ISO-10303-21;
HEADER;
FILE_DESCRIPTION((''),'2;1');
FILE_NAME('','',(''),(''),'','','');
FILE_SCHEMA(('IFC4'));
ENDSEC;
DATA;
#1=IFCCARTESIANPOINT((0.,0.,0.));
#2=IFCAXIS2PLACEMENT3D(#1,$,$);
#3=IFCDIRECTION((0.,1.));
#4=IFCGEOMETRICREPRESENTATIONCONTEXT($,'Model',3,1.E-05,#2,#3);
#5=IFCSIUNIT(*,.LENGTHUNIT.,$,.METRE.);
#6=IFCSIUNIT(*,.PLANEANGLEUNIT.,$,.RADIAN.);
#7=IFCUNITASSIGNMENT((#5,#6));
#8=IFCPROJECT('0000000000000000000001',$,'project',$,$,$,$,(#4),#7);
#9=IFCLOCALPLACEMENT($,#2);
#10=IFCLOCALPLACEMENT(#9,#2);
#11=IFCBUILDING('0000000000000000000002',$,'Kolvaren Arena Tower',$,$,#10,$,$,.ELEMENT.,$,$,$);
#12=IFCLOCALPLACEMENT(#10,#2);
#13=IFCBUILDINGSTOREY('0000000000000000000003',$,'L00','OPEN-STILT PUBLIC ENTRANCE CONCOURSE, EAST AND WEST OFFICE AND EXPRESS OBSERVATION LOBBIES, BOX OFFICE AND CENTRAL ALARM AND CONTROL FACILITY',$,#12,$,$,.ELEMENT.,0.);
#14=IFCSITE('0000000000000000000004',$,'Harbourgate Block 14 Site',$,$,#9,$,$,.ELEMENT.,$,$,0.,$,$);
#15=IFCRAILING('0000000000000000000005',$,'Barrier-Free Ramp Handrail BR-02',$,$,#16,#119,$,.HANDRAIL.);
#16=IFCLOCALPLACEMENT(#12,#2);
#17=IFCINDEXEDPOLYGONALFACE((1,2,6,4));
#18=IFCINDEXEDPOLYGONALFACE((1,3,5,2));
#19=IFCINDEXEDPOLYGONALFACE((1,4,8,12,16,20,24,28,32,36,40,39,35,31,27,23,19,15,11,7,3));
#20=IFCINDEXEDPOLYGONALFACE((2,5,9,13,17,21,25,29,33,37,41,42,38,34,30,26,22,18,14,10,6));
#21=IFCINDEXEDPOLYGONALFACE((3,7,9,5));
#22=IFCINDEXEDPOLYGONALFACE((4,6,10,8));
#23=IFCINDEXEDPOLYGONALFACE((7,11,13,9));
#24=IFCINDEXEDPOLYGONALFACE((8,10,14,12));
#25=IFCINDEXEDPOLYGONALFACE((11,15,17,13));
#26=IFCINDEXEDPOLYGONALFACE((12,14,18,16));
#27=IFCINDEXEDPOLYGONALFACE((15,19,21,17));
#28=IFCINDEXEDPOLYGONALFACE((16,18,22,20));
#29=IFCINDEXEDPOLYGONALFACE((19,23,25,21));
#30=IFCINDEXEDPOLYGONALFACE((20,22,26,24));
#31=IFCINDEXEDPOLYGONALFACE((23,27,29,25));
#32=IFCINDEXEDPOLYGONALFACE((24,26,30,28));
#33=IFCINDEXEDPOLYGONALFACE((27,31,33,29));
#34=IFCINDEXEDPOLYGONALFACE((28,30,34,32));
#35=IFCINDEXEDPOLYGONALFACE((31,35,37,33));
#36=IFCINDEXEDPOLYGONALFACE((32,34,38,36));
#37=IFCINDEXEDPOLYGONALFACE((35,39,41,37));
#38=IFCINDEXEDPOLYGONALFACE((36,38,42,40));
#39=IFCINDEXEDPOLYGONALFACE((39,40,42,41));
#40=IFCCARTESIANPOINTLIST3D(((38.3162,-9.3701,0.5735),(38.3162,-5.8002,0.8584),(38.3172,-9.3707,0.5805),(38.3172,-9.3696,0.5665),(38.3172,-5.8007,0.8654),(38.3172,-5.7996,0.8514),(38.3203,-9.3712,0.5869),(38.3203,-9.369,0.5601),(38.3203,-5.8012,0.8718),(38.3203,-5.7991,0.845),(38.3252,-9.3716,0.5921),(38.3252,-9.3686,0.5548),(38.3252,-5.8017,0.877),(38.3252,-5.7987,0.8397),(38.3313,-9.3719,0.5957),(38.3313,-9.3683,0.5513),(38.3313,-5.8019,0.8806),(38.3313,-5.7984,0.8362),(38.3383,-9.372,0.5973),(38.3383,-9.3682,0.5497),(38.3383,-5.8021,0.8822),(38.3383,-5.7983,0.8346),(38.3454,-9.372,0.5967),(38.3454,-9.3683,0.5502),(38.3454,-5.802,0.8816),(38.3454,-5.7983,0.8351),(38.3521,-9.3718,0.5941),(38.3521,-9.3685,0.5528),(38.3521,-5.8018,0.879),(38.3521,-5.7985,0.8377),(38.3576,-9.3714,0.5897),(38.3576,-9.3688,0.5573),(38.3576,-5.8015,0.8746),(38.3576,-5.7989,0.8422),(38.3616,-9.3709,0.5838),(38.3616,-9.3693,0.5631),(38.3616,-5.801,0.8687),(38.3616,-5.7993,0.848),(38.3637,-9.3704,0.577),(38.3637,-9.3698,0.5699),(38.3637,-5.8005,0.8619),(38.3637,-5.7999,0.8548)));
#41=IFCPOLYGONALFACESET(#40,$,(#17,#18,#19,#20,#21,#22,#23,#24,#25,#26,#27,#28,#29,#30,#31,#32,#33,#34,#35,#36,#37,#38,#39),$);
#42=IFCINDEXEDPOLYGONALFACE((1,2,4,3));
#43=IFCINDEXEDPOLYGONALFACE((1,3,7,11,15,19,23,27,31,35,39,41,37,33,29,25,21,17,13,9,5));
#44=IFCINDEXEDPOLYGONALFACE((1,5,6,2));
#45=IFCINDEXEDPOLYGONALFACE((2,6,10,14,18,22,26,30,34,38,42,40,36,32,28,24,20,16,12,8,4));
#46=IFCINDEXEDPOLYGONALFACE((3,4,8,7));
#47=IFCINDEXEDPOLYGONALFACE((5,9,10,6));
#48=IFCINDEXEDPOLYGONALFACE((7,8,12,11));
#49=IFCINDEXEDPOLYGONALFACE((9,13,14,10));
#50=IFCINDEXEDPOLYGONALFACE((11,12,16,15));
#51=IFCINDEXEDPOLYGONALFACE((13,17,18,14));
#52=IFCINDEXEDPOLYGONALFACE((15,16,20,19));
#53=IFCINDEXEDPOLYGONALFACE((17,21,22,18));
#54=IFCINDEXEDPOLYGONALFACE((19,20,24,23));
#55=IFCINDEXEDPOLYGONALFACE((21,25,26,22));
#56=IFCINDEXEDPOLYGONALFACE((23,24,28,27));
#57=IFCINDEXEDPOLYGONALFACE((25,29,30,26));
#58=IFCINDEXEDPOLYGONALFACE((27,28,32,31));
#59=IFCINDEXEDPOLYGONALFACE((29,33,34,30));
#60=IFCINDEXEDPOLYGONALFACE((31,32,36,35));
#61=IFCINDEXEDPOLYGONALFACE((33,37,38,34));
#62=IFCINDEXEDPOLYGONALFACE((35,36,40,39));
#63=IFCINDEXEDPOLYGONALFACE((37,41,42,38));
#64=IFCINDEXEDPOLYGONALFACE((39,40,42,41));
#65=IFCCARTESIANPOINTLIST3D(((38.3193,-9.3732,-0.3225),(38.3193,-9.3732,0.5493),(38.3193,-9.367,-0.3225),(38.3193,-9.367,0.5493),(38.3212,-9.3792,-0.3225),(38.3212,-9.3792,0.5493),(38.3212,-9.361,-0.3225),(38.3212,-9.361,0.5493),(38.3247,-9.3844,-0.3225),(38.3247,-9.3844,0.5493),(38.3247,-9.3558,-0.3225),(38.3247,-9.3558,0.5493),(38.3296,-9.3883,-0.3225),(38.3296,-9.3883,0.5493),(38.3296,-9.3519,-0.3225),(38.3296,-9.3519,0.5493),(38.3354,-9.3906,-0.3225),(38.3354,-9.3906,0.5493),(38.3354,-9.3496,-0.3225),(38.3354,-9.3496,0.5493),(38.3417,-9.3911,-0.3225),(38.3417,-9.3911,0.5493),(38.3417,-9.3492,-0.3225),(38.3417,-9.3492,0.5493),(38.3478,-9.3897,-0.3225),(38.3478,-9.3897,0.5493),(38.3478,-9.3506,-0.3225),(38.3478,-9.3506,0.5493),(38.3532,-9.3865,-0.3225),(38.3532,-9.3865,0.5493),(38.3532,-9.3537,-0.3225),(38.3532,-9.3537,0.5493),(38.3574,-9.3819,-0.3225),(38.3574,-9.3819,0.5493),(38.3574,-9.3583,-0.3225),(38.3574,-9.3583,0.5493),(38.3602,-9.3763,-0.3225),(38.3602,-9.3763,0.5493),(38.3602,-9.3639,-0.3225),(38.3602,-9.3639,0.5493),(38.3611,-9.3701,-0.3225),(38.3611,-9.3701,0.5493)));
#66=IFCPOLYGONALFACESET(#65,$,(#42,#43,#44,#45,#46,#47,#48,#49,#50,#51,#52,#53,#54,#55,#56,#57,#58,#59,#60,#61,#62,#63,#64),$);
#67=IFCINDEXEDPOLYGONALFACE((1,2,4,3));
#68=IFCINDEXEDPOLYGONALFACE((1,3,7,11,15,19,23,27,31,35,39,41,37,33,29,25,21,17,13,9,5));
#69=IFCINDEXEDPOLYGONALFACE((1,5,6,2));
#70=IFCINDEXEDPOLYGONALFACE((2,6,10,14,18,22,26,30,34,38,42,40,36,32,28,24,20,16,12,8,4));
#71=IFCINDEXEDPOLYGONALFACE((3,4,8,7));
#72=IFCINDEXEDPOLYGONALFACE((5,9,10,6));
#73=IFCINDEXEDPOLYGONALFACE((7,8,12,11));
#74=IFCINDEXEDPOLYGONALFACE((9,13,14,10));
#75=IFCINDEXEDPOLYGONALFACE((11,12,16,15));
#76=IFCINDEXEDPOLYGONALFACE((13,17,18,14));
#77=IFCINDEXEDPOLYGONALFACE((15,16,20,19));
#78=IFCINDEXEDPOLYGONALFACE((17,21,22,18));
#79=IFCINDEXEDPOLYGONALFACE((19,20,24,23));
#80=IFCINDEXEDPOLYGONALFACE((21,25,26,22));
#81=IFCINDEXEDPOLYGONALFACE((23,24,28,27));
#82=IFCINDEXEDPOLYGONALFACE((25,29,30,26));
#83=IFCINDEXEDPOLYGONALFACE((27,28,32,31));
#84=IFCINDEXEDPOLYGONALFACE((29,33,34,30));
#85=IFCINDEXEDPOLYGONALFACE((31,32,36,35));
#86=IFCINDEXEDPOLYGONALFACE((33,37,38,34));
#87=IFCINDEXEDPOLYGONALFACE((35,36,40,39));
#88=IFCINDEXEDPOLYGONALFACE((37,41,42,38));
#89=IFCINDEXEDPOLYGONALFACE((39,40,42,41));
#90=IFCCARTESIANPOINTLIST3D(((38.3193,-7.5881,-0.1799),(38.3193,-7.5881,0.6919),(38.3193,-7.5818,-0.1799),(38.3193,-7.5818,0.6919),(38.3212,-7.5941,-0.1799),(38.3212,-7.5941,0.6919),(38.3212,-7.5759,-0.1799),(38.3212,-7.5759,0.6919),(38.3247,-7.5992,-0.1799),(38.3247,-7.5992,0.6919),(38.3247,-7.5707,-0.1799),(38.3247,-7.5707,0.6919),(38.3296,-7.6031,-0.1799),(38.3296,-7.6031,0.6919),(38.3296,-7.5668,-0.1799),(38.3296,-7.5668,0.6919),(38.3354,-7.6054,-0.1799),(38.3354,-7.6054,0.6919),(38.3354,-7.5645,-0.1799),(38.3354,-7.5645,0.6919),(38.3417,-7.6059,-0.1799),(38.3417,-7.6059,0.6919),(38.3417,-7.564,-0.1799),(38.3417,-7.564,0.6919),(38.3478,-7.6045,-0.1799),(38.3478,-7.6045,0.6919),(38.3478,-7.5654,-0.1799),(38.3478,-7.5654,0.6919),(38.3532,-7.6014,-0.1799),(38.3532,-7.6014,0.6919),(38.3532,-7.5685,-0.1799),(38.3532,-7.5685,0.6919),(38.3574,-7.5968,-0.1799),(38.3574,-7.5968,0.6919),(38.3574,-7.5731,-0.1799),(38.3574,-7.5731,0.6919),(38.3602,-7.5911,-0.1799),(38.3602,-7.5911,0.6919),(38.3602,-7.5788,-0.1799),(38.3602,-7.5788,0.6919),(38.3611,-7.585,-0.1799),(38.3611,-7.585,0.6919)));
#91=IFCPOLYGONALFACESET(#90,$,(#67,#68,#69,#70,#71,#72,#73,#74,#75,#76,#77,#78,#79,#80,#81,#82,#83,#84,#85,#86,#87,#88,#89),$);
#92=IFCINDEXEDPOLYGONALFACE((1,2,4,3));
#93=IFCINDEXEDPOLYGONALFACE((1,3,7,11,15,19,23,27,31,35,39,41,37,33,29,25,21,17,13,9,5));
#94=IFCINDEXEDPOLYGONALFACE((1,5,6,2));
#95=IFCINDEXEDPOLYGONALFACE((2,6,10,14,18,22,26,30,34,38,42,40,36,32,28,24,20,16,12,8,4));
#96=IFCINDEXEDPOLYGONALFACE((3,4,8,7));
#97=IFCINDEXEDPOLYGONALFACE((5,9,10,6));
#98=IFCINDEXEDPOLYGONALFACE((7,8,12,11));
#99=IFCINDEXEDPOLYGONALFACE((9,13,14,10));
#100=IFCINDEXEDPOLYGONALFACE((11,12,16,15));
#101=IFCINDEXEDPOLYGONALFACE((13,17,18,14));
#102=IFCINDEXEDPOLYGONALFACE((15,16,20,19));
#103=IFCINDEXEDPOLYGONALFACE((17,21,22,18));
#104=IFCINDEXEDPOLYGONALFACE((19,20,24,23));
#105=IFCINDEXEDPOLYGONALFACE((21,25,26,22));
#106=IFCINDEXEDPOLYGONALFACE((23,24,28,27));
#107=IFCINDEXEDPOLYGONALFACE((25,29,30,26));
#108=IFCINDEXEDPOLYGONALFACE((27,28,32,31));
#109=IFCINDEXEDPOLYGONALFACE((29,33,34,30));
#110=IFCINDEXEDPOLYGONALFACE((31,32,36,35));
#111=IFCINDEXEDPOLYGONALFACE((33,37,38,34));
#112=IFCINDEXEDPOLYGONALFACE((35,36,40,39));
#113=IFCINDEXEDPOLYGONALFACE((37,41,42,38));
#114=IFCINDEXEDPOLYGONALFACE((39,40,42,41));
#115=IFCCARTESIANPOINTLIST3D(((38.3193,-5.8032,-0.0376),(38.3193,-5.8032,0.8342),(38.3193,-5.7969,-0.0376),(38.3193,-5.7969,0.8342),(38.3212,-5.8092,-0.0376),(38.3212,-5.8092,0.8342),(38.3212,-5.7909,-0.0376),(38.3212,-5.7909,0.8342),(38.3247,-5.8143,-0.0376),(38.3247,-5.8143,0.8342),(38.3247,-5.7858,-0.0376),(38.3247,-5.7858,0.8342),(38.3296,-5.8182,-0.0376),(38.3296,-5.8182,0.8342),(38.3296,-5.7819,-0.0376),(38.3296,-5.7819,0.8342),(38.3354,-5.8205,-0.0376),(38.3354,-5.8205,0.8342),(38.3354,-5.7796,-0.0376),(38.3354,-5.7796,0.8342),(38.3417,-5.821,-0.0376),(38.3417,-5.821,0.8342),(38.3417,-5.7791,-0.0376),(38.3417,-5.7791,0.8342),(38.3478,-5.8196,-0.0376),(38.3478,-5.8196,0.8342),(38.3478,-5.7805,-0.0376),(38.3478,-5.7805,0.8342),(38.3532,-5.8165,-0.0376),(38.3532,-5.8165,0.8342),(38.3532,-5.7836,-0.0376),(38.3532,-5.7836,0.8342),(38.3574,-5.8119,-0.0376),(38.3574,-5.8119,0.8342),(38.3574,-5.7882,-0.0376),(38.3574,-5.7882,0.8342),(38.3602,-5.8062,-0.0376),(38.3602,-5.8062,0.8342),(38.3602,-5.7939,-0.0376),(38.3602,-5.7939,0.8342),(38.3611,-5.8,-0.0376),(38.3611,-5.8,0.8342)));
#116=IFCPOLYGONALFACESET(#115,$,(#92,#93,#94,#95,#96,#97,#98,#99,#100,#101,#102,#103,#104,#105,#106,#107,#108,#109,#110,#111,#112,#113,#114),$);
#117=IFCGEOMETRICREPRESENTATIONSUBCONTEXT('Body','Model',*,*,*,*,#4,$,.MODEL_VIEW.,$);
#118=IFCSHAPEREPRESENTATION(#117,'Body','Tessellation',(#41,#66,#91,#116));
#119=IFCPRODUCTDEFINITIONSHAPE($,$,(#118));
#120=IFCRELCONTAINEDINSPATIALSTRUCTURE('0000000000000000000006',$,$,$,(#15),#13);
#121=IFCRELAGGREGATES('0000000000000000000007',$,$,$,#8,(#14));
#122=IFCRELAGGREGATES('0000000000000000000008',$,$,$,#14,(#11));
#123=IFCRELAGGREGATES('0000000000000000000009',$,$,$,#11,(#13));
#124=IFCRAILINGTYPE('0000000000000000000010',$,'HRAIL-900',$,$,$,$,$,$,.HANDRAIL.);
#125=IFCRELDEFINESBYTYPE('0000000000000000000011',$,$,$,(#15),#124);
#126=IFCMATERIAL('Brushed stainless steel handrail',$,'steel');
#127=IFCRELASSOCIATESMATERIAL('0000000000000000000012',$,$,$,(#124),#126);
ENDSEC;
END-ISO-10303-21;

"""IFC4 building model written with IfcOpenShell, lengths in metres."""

from ifc_helpers import new_model, si_unit, direction, frame, origin, origin_2d, place, context, subcontext, project, spatial, circle, extrude, material, type_object, element, save


model = new_model("IFC4")

# Units and contexts
model_context = context("Model", 3, precision=1e-05, world=origin(), true_north=direction((0.0, 1.0)))
body_context = subcontext(model_context, "Body", "Model", "MODEL_VIEW")
ifc_project = project(units=[si_unit("LENGTHUNIT", "METRE"), si_unit("PLANEANGLEUNIT", "RADIAN")], contexts=[model_context])

# Site, building, storey
site_placement = place(None, origin())
site = spatial("IfcSite", under=ifc_project, at=site_placement, Name="Harbourgate Block 14 Site", CompositionType="ELEMENT", RefElevation=0.0)
building_placement = place(site_placement, origin())
building = spatial("IfcBuilding", under=site, at=building_placement, Name="Kolvaren Arena Tower", CompositionType="ELEMENT")
storey_placement = place(building_placement, origin())
storey = spatial("IfcBuildingStorey", under=building, at=storey_placement, Name="L00", Description="OPEN-STILT PUBLIC ENTRANCE CONCOURSE, EAST AND WEST OFFICE AND EXPRESS OBSERVATION LOBBIES, BOX OFFICE AND CENTRAL ALARM AND CONTROL FACILITY", CompositionType="ELEMENT", Elevation=0.0)

# Railing
ifc_material_1 = material(Name="Brushed stainless steel handrail", Category="steel")
railing_type = type_object("IfcRailingType", Name="HRAIL-900", PredefinedType="HANDRAIL", material=ifc_material_1)
for number, where, name in (
    (1, (38.3401, -9.3701, -0.3225), "Barrier-Free Ramp Handrail BR-02"),
):
    element("IfcRailing", number, at=place(storey_placement, frame(where)), inside=storey, type_object=railing_type, Name=name, PredefinedType="HANDRAIL", context=body_context, shape_type="SweptSolid", body=[
        extrude(circle(Radius=0.0239, at=origin_2d()), frame((0.0, 0.0, 0.896), z_axis=(0.0, 0.996831, 0.079553), x_axis=(-1.0, 0.0, 0.0)), (0.0, 0.0, 1.0), 3.5813),
        extrude(circle(Radius=0.021, at=origin_2d()), origin(), (0.0, 0.0, 1.0), 0.8718),
        extrude(circle(Radius=0.021, at=origin_2d()), frame((0.0, 1.7852, 0.1426)), (0.0, 0.0, 1.0), 0.8718),
        extrude(circle(Radius=0.021, at=origin_2d()), frame((0.0, 3.5701, 0.2849)), (0.0, 0.0, 1.0), 0.8718),
    ])

save(model, "model.ifc")
